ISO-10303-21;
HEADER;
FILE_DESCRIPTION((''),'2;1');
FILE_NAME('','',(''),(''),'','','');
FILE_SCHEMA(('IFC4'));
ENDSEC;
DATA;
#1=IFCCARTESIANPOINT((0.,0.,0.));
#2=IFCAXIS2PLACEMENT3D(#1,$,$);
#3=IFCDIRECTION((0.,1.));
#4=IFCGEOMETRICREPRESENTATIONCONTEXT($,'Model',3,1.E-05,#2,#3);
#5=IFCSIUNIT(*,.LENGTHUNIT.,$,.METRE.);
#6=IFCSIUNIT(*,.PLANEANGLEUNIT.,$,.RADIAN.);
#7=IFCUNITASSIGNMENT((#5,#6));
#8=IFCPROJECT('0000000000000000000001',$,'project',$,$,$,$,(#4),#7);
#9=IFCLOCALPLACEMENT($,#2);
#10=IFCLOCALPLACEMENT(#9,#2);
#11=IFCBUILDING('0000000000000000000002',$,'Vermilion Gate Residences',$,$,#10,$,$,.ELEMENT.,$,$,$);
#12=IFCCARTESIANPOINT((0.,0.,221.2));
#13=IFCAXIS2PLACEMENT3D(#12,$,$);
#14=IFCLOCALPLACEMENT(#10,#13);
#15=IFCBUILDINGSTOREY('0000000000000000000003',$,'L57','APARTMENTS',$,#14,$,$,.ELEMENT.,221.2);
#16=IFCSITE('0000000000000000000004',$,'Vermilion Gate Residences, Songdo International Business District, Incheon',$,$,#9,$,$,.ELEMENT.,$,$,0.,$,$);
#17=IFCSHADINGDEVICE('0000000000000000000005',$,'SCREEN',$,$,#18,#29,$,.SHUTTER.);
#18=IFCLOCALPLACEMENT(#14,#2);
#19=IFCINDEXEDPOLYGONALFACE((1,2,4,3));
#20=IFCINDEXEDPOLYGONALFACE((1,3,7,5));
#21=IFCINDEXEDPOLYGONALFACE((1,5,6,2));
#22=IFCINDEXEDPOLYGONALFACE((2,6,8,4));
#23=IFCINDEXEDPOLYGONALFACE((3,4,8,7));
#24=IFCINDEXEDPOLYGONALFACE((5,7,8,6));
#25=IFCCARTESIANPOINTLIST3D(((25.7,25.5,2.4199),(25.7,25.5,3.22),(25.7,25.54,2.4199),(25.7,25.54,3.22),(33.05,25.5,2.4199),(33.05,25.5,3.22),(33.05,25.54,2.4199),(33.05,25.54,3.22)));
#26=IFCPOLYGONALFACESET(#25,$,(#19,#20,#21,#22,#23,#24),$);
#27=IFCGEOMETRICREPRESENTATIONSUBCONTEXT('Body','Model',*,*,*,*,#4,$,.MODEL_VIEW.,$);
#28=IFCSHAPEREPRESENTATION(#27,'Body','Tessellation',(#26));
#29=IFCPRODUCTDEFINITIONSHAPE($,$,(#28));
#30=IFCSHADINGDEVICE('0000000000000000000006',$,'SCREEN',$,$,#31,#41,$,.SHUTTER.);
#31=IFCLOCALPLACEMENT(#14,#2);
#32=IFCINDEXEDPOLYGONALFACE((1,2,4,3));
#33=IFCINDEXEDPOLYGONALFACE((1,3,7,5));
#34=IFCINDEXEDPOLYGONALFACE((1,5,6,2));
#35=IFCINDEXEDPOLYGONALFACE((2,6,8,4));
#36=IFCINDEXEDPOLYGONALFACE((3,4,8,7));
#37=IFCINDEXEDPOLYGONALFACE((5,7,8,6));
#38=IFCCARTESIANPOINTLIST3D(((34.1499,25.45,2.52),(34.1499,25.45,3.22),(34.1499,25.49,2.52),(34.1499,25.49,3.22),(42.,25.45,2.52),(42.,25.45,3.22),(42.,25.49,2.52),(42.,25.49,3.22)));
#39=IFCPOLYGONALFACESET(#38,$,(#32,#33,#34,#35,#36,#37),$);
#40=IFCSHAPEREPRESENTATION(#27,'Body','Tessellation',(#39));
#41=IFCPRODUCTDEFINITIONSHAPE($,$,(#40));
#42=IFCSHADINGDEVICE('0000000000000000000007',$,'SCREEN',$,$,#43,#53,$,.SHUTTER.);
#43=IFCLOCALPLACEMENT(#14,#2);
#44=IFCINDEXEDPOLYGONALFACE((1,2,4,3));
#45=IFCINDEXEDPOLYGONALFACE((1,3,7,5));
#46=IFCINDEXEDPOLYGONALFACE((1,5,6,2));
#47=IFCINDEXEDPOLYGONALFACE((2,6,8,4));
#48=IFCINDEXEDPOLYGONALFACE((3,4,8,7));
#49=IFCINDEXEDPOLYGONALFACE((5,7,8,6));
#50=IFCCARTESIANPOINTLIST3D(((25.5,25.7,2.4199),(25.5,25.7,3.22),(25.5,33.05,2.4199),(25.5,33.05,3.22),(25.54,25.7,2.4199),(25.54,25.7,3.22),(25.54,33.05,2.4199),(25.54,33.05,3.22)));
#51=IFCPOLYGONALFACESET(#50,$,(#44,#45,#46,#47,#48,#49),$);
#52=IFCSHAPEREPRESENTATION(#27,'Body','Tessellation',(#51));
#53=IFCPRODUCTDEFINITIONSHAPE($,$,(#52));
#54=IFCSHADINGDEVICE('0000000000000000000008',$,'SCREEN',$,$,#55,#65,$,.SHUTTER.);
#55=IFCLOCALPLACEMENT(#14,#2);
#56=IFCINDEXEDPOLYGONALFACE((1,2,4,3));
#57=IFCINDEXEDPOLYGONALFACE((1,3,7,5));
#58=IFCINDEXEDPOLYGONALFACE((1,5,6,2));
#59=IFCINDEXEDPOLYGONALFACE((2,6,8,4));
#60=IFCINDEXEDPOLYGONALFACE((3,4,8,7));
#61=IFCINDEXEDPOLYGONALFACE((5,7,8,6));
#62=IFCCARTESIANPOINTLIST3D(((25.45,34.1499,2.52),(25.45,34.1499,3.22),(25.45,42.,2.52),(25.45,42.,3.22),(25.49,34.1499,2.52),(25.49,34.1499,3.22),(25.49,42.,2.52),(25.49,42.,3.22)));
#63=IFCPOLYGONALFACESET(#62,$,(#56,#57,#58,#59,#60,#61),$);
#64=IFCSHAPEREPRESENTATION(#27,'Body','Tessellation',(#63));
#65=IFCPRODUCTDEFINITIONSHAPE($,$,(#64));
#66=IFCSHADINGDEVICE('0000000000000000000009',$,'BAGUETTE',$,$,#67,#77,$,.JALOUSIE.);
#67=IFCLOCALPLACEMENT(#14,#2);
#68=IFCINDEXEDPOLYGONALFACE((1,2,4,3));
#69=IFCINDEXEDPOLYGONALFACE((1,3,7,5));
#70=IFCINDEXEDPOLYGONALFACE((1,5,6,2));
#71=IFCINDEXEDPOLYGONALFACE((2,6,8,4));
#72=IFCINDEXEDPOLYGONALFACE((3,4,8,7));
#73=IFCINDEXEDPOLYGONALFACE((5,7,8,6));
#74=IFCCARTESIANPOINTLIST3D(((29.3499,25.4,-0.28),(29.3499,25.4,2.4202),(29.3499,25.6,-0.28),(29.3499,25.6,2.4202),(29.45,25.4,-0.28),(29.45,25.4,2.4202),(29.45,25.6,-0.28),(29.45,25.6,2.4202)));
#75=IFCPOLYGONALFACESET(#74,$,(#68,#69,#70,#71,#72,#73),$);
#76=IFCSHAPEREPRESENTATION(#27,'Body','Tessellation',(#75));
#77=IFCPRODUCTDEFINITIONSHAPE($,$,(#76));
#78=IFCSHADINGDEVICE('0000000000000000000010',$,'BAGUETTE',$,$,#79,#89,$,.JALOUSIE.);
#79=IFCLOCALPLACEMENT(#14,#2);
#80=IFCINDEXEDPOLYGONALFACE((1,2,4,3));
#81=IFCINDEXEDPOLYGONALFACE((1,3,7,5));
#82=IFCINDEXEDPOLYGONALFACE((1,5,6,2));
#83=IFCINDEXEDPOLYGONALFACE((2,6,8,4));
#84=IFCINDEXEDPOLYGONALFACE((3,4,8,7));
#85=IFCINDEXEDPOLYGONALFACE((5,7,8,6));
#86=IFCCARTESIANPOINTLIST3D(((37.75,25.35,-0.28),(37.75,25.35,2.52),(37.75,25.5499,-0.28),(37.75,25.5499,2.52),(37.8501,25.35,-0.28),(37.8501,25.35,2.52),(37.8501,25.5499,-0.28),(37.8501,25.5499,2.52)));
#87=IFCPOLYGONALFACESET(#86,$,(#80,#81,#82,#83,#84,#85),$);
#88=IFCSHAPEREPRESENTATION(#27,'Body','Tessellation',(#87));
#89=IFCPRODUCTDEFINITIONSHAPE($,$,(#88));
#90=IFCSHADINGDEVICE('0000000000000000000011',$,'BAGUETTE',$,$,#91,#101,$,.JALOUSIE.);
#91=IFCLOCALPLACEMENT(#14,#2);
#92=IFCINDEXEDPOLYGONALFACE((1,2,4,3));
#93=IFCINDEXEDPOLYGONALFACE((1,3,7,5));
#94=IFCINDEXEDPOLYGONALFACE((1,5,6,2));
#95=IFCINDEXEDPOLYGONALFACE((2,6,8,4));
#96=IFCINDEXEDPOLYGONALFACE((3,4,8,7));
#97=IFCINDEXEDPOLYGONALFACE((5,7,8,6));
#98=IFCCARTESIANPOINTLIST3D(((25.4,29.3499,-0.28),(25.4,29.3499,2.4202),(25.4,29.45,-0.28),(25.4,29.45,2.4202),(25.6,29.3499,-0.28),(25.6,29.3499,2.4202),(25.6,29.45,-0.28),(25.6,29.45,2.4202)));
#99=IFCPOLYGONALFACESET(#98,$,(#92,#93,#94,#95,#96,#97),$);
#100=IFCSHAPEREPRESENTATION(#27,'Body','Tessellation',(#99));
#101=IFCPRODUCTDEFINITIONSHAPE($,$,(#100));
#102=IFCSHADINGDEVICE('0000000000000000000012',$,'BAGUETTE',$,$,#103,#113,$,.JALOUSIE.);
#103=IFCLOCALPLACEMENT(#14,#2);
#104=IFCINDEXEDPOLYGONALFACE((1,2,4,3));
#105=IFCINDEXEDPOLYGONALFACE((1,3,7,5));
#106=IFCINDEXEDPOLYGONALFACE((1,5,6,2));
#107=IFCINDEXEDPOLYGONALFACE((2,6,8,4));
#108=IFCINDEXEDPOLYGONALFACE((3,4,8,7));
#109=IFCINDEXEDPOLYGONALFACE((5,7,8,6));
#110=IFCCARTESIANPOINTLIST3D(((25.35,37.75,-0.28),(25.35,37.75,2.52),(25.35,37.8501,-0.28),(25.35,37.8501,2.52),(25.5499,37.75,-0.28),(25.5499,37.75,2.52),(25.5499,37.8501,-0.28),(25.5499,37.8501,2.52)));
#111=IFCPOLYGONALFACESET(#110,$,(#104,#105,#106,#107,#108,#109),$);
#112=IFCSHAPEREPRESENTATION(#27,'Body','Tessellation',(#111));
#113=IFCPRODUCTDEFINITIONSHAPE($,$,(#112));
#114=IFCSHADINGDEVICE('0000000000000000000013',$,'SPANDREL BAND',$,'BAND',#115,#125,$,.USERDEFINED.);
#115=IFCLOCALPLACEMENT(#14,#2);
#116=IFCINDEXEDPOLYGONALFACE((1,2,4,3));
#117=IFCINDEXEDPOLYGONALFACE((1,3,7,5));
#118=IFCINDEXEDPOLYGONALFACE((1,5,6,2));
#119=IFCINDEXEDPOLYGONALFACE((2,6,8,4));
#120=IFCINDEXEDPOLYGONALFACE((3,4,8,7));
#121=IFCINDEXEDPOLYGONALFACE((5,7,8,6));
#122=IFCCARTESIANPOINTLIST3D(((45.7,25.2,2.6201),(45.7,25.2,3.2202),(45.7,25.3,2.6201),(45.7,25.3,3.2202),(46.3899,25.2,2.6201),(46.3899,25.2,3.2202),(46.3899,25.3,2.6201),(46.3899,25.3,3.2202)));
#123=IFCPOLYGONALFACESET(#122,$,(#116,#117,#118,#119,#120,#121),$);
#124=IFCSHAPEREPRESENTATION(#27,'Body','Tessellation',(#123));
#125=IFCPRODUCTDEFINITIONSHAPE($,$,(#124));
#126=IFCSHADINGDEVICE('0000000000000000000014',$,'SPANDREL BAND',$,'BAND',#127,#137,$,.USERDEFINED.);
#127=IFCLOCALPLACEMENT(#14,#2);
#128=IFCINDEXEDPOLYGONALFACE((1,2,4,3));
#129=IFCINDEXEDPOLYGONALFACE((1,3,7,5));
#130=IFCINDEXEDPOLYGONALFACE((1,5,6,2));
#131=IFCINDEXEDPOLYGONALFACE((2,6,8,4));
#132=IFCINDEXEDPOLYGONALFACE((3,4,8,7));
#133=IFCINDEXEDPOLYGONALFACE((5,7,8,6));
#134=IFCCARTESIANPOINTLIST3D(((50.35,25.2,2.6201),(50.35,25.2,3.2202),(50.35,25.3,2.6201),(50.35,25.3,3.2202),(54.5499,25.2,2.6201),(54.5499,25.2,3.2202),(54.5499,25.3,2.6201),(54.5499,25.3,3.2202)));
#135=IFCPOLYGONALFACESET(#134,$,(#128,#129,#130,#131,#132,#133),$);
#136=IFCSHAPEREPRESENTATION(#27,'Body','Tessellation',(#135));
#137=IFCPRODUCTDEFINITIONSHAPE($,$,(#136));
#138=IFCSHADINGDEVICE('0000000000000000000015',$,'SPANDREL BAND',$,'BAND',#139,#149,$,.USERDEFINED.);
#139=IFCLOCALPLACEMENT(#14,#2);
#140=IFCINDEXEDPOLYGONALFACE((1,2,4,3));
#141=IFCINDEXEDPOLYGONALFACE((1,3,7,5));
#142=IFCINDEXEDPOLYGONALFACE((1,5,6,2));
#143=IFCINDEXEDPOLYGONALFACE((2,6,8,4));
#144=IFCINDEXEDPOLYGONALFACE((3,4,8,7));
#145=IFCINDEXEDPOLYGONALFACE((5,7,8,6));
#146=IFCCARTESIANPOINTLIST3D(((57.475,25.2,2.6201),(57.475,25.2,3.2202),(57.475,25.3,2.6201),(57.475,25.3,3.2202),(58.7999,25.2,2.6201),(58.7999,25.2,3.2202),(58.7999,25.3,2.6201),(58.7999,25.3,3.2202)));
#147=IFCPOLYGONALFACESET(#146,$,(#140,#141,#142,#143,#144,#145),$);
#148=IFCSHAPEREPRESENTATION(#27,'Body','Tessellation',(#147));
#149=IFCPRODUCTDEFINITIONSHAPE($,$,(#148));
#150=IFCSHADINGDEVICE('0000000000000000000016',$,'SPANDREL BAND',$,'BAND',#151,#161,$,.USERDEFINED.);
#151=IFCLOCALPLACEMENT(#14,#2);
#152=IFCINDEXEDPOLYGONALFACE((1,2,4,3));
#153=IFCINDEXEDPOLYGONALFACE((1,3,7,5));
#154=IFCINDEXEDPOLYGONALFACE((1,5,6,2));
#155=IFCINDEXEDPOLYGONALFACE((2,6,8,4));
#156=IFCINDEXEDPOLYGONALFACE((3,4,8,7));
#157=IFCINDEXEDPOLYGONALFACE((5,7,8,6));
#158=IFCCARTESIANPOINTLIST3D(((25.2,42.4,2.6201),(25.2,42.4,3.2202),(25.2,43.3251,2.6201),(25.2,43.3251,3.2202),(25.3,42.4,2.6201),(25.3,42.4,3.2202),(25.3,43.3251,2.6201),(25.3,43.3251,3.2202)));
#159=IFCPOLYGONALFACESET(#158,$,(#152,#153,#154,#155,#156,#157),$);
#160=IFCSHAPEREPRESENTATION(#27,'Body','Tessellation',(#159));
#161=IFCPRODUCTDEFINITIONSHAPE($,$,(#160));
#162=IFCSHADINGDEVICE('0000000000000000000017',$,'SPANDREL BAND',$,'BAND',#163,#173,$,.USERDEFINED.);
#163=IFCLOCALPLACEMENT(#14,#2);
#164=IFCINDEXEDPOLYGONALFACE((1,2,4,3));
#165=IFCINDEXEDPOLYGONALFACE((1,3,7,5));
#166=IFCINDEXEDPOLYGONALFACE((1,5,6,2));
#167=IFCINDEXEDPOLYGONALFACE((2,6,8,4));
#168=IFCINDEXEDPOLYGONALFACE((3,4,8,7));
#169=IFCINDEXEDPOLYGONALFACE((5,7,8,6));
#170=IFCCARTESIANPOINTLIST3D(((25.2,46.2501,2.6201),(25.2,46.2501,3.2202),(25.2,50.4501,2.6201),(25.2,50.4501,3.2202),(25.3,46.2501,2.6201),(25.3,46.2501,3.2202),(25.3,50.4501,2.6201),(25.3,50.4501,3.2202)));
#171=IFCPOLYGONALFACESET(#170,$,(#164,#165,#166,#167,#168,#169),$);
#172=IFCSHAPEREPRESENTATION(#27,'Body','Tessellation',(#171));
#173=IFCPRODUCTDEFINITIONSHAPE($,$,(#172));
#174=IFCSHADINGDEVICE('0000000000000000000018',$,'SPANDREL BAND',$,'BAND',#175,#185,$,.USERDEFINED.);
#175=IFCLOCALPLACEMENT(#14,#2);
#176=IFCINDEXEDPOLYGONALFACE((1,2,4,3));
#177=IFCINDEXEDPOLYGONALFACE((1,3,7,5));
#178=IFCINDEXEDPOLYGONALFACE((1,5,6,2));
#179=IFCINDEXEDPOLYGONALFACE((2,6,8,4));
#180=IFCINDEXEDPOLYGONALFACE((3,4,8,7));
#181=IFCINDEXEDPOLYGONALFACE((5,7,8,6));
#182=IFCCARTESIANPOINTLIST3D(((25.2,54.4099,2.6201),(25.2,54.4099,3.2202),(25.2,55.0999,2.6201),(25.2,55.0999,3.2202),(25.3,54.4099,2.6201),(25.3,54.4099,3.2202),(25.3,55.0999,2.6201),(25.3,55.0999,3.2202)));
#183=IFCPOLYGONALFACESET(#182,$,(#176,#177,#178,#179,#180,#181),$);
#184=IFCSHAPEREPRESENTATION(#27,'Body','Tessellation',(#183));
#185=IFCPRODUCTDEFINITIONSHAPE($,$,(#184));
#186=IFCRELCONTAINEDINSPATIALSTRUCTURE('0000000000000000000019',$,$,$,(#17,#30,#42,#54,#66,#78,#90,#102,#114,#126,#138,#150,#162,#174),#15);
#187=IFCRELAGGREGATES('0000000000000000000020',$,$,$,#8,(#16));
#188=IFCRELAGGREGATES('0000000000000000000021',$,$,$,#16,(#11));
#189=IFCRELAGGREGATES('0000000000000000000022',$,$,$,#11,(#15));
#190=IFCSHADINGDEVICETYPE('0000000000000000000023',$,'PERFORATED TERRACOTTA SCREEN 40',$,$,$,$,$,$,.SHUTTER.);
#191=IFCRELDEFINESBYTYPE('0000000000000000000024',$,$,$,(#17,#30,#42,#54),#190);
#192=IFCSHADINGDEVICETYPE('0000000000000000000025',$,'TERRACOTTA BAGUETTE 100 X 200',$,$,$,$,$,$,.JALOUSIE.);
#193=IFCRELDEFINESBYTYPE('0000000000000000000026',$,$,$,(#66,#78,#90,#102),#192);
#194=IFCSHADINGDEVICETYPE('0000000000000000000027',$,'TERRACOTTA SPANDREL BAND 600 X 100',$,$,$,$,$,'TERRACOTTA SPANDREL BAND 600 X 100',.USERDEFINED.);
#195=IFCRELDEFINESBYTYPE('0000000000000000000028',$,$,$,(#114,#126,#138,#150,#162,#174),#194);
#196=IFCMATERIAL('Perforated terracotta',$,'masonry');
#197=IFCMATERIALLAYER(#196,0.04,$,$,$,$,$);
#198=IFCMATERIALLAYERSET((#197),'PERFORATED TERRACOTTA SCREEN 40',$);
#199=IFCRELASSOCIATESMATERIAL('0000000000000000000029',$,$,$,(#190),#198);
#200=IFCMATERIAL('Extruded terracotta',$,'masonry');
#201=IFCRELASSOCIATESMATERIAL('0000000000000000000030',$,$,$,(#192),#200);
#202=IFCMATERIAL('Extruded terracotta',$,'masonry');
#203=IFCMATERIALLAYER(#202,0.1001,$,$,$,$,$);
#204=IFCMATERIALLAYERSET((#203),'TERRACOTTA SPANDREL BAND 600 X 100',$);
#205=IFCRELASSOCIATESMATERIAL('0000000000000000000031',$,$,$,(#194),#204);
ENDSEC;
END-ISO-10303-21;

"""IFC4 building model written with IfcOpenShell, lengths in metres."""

from ifc_helpers import new_model, si_unit, direction, frame, origin, origin_2d, place, context, subcontext, project, spatial, rectangle, extrude, material, layer, layer_set, material_profile, profile_set, type_object, element, save


model = new_model("IFC4")

# Units and contexts
model_context = context("Model", 3, precision=1e-05, world=origin(), true_north=direction((0.0, 1.0)))
body_context = subcontext(model_context, "Body", "Model", "MODEL_VIEW")
ifc_project = project(units=[si_unit("LENGTHUNIT", "METRE"), si_unit("PLANEANGLEUNIT", "RADIAN")], contexts=[model_context])

# Site, building, storey
site_placement = place(None, origin())
site = spatial("IfcSite", under=ifc_project, at=site_placement, Name="Vermilion Gate Residences, Songdo International Business District, Incheon", CompositionType="ELEMENT", RefElevation=0.0)
building_placement = place(site_placement, origin())
building = spatial("IfcBuilding", under=site, at=building_placement, Name="Vermilion Gate Residences", CompositionType="ELEMENT")
storey_placement = place(building_placement, frame((0.0, 0.0, 221.2)))
storey = spatial("IfcBuildingStorey", under=building, at=storey_placement, Name="L57", Description="APARTMENTS", CompositionType="ELEMENT", Elevation=221.2)

# Shading devices
ifc_material_1 = material(Name="Perforated terracotta", Category="masonry")
ifc_layer_1 = layer(ifc_material_1, 0.04)
ifc_layer_set_1 = layer_set([ifc_layer_1], Name="PERFORATED TERRACOTTA SCREEN 40")
shading_device_type_1 = type_object("IfcShadingDeviceType", Name="PERFORATED TERRACOTTA SCREEN 40", PredefinedType="SHUTTER", material=ifc_layer_set_1)
shading_device_1_placement = place(storey_placement, frame((29.375, 25.52, 2.4199), z_axis=(0.0, 0.0, 1.0), x_axis=(-1.0, 0.0, 0.0)))
element("IfcShadingDevice", 1, at=shading_device_1_placement, inside=storey, type_object=shading_device_type_1, Name="SCREEN", PredefinedType="SHUTTER", context=body_context, shape_type="SweptSolid", body=[
    extrude(rectangle(XDim=7.3501, YDim=0.04, at=origin_2d()), origin(), (0.0, 0.0, 1.0), 0.8),
])
shading_device_2_placement = place(storey_placement, frame((38.075, 25.47, 2.52), z_axis=(0.0, 0.0, 1.0), x_axis=(-1.0, 0.0, 0.0)))
element("IfcShadingDevice", 2, at=shading_device_2_placement, inside=storey, type_object=shading_device_type_1, Name="SCREEN", PredefinedType="SHUTTER", context=body_context, shape_type="SweptSolid", body=[
    extrude(rectangle(XDim=7.8501, YDim=0.04, at=origin_2d()), origin(), (0.0, 0.0, 1.0), 0.7),
])
shading_device_3_placement = place(storey_placement, frame((25.52, 29.375, 2.4199), z_axis=(0.0, 0.0, 1.0), x_axis=(0.0, 1.0, 0.0)))
element("IfcShadingDevice", 3, at=shading_device_3_placement, inside=storey, type_object=shading_device_type_1, Name="SCREEN", PredefinedType="SHUTTER", context=body_context, shape_type="SweptSolid", body=[
    extrude(rectangle(XDim=7.3501, YDim=0.04, at=origin_2d()), origin(), (0.0, 0.0, 1.0), 0.8),
])
shading_device_4_placement = place(storey_placement, frame((25.47, 38.075, 2.52), z_axis=(0.0, 0.0, 1.0), x_axis=(0.0, 1.0, 0.0)))
element("IfcShadingDevice", 4, at=shading_device_4_placement, inside=storey, type_object=shading_device_type_1, Name="SCREEN", PredefinedType="SHUTTER", context=body_context, shape_type="SweptSolid", body=[
    extrude(rectangle(XDim=7.8501, YDim=0.04, at=origin_2d()), origin(), (0.0, 0.0, 1.0), 0.7),
])
ifc_material_2 = material(Name="Extruded terracotta", Category="masonry")
ifc_material_profile = material_profile(ifc_material_2, rectangle(XDim=0.2, YDim=0.1001, at=origin_2d()), Name="BAGUETTE 100 X 200")
ifc_profile_set = profile_set([ifc_material_profile], Name="Extruded terracotta")
shading_device_type_2 = type_object("IfcShadingDeviceType", Name="TERRACOTTA BAGUETTE 100 X 200", PredefinedType="JALOUSIE", material=ifc_profile_set)
shading_device_5_placement = place(storey_placement, frame((29.3999, 25.5, -0.28), z_axis=(0.0, 0.0, 1.0), x_axis=(0.0, -1.0, 0.0)))
element("IfcShadingDevice", 5, at=shading_device_5_placement, inside=storey, type_object=shading_device_type_2, Name="BAGUETTE", PredefinedType="JALOUSIE", context=body_context, shape_type="SweptSolid", body=[
    extrude(rectangle(XDim=0.2, YDim=0.1001, at=origin_2d()), origin(), (0.0, 0.0, 1.0), 2.7002),
])
shading_device_6_placement = place(storey_placement, frame((37.8, 25.45, -0.28), z_axis=(0.0, 0.0, 1.0), x_axis=(0.0, -1.0, 0.0)))
element("IfcShadingDevice", 6, at=shading_device_6_placement, inside=storey, type_object=shading_device_type_2, Name="BAGUETTE", PredefinedType="JALOUSIE", context=body_context, shape_type="SweptSolid", body=[
    extrude(rectangle(XDim=0.2, YDim=0.1001, at=origin_2d()), origin(), (0.0, 0.0, 1.0), 2.8),
])
shading_device_7_placement = place(storey_placement, frame((25.5, 29.3999, -0.28), z_axis=(0.0, 0.0, 1.0), x_axis=(-1.0, 0.0, 0.0)))
element("IfcShadingDevice", 7, at=shading_device_7_placement, inside=storey, type_object=shading_device_type_2, Name="BAGUETTE", PredefinedType="JALOUSIE", context=body_context, shape_type="SweptSolid", body=[
    extrude(rectangle(XDim=0.2, YDim=0.1001, at=origin_2d()), origin(), (0.0, 0.0, 1.0), 2.7002),
])
shading_device_8_placement = place(storey_placement, frame((25.45, 37.8, -0.28), z_axis=(0.0, 0.0, 1.0), x_axis=(-1.0, 0.0, 0.0)))
element("IfcShadingDevice", 8, at=shading_device_8_placement, inside=storey, type_object=shading_device_type_2, Name="BAGUETTE", PredefinedType="JALOUSIE", context=body_context, shape_type="SweptSolid", body=[
    extrude(rectangle(XDim=0.2, YDim=0.1001, at=origin_2d()), origin(), (0.0, 0.0, 1.0), 2.8),
])
ifc_material_3 = material(Name="Extruded terracotta", Category="masonry")
ifc_layer_2 = layer(ifc_material_3, 0.1001)
ifc_layer_set_2 = layer_set([ifc_layer_2], Name="TERRACOTTA SPANDREL BAND 600 X 100")
shading_device_type_3 = type_object("IfcShadingDeviceType", Name="TERRACOTTA SPANDREL BAND 600 X 100", ElementType="TERRACOTTA SPANDREL BAND 600 X 100", PredefinedType="USERDEFINED", material=ifc_layer_set_2)
shading_device_9_placement = place(storey_placement, frame((46.0449, 25.25, 2.6201), z_axis=(0.0, 0.0, 1.0), x_axis=(1.0, 0.0, 0.0)))
element("IfcShadingDevice", 9, at=shading_device_9_placement, inside=storey, type_object=shading_device_type_3, Name="SPANDREL BAND", ObjectType="BAND", PredefinedType="USERDEFINED", context=body_context, shape_type="SweptSolid", body=[
    extrude(rectangle(XDim=0.6899, YDim=0.1001, at=origin_2d()), origin(), (0.0, 0.0, 1.0), 0.6001),
])
shading_device_10_placement = place(storey_placement, frame((52.45, 25.25, 2.6201), z_axis=(0.0, 0.0, 1.0), x_axis=(1.0, 0.0, 0.0)))
element("IfcShadingDevice", 10, at=shading_device_10_placement, inside=storey, type_object=shading_device_type_3, Name="SPANDREL BAND", ObjectType="BAND", PredefinedType="USERDEFINED", context=body_context, shape_type="SweptSolid", body=[
    extrude(rectangle(XDim=4.2, YDim=0.1001, at=origin_2d()), origin(), (0.0, 0.0, 1.0), 0.6001),
])
shading_device_11_placement = place(storey_placement, frame((58.1375, 25.25, 2.6201), z_axis=(0.0, 0.0, 1.0), x_axis=(1.0, 0.0, 0.0)))
element("IfcShadingDevice", 11, at=shading_device_11_placement, inside=storey, type_object=shading_device_type_3, Name="SPANDREL BAND", ObjectType="BAND", PredefinedType="USERDEFINED", context=body_context, shape_type="SweptSolid", body=[
    extrude(rectangle(XDim=1.325, YDim=0.1001, at=origin_2d()), origin(), (0.0, 0.0, 1.0), 0.6001),
])
shading_device_12_placement = place(storey_placement, frame((25.25, 42.8625, 2.6201), z_axis=(0.0, 0.0, 1.0), x_axis=(0.0, 1.0, 0.0)))
element("IfcShadingDevice", 12, at=shading_device_12_placement, inside=storey, type_object=shading_device_type_3, Name="SPANDREL BAND", ObjectType="BAND", PredefinedType="USERDEFINED", context=body_context, shape_type="SweptSolid", body=[
    extrude(rectangle(XDim=0.925, YDim=0.1001, at=origin_2d()), origin(), (0.0, 0.0, 1.0), 0.6001),
])
shading_device_13_placement = place(storey_placement, frame((25.25, 48.3501, 2.6201), z_axis=(0.0, 0.0, 1.0), x_axis=(0.0, 1.0, 0.0)))
element("IfcShadingDevice", 13, at=shading_device_13_placement, inside=storey, type_object=shading_device_type_3, Name="SPANDREL BAND", ObjectType="BAND", PredefinedType="USERDEFINED", context=body_context, shape_type="SweptSolid", body=[
    extrude(rectangle(XDim=4.2, YDim=0.1001, at=origin_2d()), origin(), (0.0, 0.0, 1.0), 0.6001),
])
shading_device_14_placement = place(storey_placement, frame((25.25, 54.7549, 2.6201), z_axis=(0.0, 0.0, 1.0), x_axis=(0.0, 1.0, 0.0)))
element("IfcShadingDevice", 14, at=shading_device_14_placement, inside=storey, type_object=shading_device_type_3, Name="SPANDREL BAND", ObjectType="BAND", PredefinedType="USERDEFINED", context=body_context, shape_type="SweptSolid", body=[
    extrude(rectangle(XDim=0.6899, YDim=0.1001, at=origin_2d()), origin(), (0.0, 0.0, 1.0), 0.6001),
])

save(model, "model.ifc")
